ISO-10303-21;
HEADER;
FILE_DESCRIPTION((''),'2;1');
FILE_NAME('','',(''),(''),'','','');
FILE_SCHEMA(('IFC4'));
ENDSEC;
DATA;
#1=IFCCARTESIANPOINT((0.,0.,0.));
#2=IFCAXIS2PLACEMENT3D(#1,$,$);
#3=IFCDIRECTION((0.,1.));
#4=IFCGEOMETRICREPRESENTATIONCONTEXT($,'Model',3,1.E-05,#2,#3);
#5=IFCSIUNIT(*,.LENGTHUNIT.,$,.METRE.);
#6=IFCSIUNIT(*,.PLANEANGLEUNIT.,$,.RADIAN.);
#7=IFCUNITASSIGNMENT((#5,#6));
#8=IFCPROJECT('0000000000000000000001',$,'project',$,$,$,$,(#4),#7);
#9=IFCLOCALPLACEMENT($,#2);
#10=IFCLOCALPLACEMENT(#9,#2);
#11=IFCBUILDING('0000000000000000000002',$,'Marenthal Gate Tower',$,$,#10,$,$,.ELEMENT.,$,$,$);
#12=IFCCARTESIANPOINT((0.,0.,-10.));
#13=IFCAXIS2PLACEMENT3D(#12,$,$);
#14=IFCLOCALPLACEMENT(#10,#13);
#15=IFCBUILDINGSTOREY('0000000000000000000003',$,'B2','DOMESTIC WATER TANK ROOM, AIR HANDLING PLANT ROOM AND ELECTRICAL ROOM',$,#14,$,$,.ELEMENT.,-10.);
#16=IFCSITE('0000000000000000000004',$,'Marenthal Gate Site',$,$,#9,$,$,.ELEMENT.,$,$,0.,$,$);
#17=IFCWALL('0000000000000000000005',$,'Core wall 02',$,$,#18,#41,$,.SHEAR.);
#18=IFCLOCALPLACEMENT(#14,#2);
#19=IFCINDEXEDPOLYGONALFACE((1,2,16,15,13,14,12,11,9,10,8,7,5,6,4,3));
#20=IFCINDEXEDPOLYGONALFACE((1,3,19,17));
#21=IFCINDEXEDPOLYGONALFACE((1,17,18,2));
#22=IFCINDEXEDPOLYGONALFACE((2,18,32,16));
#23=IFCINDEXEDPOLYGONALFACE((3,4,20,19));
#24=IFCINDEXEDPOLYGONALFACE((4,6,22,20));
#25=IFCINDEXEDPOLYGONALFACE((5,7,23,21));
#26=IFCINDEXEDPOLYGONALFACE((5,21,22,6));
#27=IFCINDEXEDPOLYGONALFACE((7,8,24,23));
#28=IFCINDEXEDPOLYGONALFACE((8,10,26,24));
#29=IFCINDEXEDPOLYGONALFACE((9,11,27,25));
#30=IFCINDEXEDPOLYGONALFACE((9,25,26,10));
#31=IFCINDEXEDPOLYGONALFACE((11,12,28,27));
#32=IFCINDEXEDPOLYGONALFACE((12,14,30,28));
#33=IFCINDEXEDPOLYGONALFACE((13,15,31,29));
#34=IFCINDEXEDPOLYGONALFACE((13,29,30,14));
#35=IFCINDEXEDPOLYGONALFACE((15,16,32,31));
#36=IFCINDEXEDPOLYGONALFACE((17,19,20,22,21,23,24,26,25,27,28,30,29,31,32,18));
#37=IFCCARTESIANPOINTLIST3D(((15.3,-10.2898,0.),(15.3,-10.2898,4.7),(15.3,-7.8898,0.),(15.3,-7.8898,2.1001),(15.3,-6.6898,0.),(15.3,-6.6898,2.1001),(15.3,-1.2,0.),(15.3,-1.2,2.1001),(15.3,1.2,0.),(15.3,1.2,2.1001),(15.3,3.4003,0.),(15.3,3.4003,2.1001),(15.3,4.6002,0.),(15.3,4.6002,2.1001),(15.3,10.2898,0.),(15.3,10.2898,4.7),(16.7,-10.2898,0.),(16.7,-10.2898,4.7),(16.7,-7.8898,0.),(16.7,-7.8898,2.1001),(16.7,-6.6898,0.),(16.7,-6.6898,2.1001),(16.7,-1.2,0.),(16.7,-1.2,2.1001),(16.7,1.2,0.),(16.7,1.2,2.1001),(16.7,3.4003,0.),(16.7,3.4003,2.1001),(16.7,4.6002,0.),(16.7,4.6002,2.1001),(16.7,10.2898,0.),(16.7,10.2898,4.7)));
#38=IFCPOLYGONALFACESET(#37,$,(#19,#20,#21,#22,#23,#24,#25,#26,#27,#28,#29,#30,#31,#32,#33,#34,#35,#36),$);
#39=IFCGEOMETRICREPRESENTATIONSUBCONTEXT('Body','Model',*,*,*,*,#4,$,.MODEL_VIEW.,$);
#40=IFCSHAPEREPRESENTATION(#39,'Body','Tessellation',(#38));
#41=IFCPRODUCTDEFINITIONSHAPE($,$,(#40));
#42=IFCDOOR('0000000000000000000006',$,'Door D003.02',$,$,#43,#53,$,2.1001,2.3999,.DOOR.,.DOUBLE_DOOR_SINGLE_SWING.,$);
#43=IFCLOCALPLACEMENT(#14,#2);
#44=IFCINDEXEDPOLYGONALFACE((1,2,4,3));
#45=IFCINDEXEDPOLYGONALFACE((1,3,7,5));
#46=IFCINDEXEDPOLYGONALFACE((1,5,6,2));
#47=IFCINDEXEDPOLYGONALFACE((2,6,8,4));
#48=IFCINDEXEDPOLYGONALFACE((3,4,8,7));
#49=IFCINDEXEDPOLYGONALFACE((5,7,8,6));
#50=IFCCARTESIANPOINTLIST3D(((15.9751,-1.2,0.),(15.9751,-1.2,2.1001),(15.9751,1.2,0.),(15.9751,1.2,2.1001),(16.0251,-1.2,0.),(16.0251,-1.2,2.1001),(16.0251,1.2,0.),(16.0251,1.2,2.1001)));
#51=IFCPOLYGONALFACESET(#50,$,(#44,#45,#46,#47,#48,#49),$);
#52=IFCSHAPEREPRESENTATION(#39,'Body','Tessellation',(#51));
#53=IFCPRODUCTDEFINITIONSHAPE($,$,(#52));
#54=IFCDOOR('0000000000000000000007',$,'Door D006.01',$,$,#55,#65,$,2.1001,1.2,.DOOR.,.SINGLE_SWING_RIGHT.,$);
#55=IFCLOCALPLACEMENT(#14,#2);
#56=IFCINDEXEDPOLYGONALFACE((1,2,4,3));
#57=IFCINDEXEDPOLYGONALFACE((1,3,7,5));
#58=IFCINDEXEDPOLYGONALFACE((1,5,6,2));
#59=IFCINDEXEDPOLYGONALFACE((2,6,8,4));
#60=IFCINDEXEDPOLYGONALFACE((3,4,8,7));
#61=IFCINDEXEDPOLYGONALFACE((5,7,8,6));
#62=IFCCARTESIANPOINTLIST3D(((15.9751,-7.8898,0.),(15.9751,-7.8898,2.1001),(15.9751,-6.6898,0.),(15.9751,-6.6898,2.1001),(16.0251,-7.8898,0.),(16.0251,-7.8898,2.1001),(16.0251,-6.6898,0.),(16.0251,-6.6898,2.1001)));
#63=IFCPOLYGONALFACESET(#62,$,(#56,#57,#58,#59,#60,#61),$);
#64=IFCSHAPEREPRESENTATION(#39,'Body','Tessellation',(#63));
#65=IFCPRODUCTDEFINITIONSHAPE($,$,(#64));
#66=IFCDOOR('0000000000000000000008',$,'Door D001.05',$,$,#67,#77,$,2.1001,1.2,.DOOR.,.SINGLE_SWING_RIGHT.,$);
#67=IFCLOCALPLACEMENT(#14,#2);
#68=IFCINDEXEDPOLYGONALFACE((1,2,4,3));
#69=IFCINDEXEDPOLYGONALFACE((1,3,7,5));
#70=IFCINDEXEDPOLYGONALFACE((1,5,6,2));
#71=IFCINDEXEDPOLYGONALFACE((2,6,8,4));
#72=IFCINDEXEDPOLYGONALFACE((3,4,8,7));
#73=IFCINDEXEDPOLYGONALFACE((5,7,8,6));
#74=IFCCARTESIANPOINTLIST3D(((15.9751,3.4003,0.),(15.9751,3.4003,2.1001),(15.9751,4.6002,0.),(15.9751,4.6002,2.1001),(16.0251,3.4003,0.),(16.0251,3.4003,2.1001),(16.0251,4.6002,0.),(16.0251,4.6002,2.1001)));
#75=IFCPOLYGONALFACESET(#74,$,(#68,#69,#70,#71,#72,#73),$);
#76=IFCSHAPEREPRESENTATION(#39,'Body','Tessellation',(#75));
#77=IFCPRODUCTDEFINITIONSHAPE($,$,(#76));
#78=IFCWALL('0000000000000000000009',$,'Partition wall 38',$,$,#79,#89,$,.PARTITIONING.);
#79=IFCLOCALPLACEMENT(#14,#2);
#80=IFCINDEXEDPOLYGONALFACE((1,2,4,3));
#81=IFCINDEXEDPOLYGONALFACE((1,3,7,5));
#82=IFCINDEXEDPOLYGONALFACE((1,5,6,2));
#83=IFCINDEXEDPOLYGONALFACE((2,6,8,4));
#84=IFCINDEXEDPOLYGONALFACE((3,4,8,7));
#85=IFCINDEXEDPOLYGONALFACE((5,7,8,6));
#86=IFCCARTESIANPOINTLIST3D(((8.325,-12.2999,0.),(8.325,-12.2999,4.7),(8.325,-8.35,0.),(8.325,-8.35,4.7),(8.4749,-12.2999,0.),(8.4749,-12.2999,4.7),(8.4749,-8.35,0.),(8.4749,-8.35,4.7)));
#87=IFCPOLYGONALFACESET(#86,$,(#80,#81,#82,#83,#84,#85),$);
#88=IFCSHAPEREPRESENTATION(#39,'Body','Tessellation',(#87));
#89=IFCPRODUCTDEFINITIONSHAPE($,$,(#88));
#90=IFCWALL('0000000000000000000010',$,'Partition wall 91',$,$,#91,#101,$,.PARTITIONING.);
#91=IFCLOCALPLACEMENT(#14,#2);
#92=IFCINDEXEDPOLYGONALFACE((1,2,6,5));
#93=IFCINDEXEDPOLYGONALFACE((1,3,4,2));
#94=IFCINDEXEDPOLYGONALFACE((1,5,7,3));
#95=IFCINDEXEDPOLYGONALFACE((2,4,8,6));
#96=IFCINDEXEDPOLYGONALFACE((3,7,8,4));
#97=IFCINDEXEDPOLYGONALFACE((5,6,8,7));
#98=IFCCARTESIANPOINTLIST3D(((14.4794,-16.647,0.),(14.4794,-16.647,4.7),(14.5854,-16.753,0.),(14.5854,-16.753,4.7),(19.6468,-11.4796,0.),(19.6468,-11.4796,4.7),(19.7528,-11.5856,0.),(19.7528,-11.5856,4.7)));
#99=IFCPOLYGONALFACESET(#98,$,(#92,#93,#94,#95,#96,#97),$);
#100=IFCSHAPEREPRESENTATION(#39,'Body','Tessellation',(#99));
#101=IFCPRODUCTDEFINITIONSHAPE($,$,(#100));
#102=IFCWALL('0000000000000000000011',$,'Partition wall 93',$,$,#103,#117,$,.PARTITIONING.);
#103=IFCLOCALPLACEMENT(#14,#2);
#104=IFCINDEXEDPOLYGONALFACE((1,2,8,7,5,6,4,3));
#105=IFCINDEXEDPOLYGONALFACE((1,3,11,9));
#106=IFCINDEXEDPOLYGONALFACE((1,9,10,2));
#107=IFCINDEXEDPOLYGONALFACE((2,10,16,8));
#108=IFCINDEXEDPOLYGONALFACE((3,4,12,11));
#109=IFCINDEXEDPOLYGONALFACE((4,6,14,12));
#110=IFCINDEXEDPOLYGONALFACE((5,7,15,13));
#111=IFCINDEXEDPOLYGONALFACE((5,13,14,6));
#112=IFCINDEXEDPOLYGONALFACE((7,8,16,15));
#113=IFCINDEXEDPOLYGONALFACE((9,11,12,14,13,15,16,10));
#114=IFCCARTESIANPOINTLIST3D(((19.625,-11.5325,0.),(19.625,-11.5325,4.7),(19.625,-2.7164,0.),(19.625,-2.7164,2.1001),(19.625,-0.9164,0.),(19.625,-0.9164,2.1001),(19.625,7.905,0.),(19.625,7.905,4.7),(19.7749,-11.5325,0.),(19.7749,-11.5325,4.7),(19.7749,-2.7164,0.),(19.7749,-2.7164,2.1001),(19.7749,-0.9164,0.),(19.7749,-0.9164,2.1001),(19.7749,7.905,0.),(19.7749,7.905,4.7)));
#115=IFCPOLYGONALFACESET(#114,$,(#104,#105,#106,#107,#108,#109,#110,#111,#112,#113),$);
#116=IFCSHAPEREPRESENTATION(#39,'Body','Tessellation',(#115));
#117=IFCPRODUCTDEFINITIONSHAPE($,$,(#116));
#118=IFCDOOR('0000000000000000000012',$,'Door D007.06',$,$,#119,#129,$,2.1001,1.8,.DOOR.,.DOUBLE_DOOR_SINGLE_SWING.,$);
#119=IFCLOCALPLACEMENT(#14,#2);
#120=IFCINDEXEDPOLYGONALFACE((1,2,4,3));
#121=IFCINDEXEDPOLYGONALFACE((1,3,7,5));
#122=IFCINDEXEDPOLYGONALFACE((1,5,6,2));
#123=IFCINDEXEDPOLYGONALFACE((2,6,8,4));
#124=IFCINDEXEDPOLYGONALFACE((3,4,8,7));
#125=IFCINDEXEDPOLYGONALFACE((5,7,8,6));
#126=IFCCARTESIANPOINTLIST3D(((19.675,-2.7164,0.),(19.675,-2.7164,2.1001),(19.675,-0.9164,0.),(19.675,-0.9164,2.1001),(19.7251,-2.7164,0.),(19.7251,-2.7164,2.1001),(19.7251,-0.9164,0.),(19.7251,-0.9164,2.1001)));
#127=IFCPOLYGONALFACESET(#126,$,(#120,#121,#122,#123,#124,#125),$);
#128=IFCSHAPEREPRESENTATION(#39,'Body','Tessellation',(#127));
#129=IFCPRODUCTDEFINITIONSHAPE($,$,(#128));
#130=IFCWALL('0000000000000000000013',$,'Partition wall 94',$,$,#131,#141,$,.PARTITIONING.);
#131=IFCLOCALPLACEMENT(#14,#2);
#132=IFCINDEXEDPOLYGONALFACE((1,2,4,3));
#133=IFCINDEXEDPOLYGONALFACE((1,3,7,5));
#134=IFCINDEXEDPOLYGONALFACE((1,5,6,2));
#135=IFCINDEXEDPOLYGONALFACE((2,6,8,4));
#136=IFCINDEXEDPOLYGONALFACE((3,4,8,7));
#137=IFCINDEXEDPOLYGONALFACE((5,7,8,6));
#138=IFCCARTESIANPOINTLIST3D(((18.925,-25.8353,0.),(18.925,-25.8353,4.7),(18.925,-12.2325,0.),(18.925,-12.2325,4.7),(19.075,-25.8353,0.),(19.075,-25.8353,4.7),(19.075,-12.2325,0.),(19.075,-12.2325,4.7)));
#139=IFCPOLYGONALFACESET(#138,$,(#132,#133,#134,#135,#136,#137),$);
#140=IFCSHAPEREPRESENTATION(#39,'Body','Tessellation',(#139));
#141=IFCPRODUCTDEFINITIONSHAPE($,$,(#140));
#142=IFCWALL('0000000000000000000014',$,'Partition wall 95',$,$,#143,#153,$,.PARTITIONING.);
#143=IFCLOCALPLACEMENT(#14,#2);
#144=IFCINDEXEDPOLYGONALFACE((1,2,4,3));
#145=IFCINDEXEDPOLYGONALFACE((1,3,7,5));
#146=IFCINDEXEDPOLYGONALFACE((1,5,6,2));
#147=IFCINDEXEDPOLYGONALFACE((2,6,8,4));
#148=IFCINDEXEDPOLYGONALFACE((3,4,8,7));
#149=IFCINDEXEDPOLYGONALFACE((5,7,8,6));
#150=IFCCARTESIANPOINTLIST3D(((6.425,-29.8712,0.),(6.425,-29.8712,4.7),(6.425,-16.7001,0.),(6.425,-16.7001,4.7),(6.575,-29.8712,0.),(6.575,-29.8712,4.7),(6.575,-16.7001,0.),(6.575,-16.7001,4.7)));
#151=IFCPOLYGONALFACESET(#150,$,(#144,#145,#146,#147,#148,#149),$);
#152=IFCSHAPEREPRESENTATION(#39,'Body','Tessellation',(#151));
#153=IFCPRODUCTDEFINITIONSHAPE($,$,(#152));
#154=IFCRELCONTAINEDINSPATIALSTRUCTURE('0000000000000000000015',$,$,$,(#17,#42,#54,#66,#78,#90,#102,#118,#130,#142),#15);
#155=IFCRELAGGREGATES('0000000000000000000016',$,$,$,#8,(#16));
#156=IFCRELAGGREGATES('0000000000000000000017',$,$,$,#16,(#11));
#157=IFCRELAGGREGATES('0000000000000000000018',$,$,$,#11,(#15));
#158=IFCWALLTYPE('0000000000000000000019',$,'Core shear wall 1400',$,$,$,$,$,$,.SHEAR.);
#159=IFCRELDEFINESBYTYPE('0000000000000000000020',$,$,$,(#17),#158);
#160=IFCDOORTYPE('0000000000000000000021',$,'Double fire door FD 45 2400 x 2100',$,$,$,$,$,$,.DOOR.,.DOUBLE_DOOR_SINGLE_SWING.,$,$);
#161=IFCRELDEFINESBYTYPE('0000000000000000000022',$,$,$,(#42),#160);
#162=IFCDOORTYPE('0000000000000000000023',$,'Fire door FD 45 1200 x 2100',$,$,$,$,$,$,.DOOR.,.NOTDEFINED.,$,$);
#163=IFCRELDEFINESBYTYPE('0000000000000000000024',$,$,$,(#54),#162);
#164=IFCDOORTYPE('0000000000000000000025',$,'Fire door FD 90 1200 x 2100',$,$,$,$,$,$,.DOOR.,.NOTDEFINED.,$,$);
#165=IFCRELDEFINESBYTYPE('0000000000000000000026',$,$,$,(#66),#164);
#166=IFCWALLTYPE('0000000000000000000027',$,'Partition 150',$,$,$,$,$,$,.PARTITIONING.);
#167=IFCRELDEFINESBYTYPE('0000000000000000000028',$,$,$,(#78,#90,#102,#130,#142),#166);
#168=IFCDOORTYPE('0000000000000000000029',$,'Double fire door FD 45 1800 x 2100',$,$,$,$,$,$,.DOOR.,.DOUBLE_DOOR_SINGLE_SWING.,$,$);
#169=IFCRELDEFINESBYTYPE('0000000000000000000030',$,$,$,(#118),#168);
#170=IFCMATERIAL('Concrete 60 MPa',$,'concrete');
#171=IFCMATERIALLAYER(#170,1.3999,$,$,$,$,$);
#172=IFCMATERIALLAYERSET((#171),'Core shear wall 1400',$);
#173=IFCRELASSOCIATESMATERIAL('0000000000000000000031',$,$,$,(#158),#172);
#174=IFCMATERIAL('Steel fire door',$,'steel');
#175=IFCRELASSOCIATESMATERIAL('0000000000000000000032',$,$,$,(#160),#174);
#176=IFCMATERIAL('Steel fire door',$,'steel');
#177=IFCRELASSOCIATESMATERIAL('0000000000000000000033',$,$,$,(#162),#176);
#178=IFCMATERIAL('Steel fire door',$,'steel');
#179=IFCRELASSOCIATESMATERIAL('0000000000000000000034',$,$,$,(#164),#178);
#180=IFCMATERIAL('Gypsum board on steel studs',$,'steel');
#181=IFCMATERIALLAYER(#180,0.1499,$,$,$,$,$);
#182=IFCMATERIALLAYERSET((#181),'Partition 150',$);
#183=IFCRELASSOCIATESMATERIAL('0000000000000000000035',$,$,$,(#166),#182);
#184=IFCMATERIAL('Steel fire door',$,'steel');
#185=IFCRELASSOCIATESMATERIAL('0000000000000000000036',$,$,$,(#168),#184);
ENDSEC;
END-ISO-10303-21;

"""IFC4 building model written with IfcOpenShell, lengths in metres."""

from ifc_helpers import new_model, si_unit, direction, frame, frame_2d, origin, place, context, subcontext, project, spatial, rectangle, extrude, material, layer, layer_set, type_object, element, fill, save


model = new_model("IFC4")

# Units and contexts
model_context = context("Model", 3, precision=1e-05, world=origin(), true_north=direction((0.0, 1.0)))
body_context = subcontext(model_context, "Body", "Model", "MODEL_VIEW")
ifc_project = project(units=[si_unit("LENGTHUNIT", "METRE"), si_unit("PLANEANGLEUNIT", "RADIAN")], contexts=[model_context])

# Site, building, storey
site_placement = place(None, origin())
site = spatial("IfcSite", under=ifc_project, at=site_placement, Name="Marenthal Gate Site", CompositionType="ELEMENT", RefElevation=0.0)
building_placement = place(site_placement, origin())
building = spatial("IfcBuilding", under=site, at=building_placement, Name="Marenthal Gate Tower", CompositionType="ELEMENT")
storey_placement = place(building_placement, frame((0.0, 0.0, -10.0)))
storey = spatial("IfcBuildingStorey", under=building, at=storey_placement, Name="B2", Description="DOMESTIC WATER TANK ROOM, AIR HANDLING PLANT ROOM AND ELECTRICAL ROOM", CompositionType="ELEMENT", Elevation=-10.0)

# Shared definitions
ifc_material_1 = material(Name="Concrete 60 MPa", Category="concrete")
ifc_layer_1 = layer(ifc_material_1, 1.3999)
ifc_layer_set_1 = layer_set([ifc_layer_1], Name="Core shear wall 1400")
wall_type_1 = type_object("IfcWallType", Name="Core shear wall 1400", PredefinedType="SHEAR", material=ifc_layer_set_1)

# Wall, openings, doors
wall_1_placement = place(storey_placement, frame((16.0, -10.2898, 0.0), z_axis=(0.0, 0.0, 1.0), x_axis=(0.0, 1.0, 0.0)))
wall_1 = element("IfcWall", 1, at=wall_1_placement, inside=storey, type_object=wall_type_1, Name="Core wall 02", PredefinedType="SHEAR", context=body_context, shape_type="SweptSolid", body=[
    extrude(rectangle(XDim=20.5796, YDim=1.3999, at=frame_2d((10.2898, 0.0))), origin(), (0.0, 0.0, 1.0), 4.7),
])
opening_1_placement = place(wall_1_placement, frame((9.0898, 0.0, 0.0)))
opening_1 = element("IfcOpeningElement", 2, at=opening_1_placement, cuts=wall_1, PredefinedType="OPENING", context=body_context, shape_type="SweptSolid", body=[
    extrude(rectangle(XDim=2.3999, YDim=2.1001, at=frame_2d((1.2, 1.05))), frame((0.0, 0.71, 0.0), z_axis=(0.0, -1.0, 0.0), x_axis=(1.0, 0.0, 0.0)), (0.0, 0.0, 1.0), 1.4199),
])
opening_2_placement = place(wall_1_placement, frame((13.6899, 0.0, 0.0)))
opening_2 = element("IfcOpeningElement", 3, at=opening_2_placement, cuts=wall_1, PredefinedType="OPENING", context=body_context, shape_type="SweptSolid", body=[
    extrude(rectangle(XDim=1.2, YDim=2.1001, at=frame_2d((0.6001, 1.05))), frame((0.0, 0.71, 0.0), z_axis=(0.0, -1.0, 0.0), x_axis=(1.0, 0.0, 0.0)), (0.0, 0.0, 1.0), 1.4199),
])
opening_3_placement = place(wall_1_placement, frame((2.3999, 0.0, 0.0)))
opening_3 = element("IfcOpeningElement", 4, at=opening_3_placement, cuts=wall_1, PredefinedType="OPENING", context=body_context, shape_type="SweptSolid", body=[
    extrude(rectangle(XDim=1.2, YDim=2.1001, at=frame_2d((0.6001, 1.05))), frame((0.0, 0.71, 0.0), z_axis=(0.0, -1.0, 0.0), x_axis=(1.0, 0.0, 0.0)), (0.0, 0.0, 1.0), 1.4199),
])
ifc_material_2 = material(Name="Steel fire door", Category="steel")
door_type_1 = type_object("IfcDoorType", Name="Double fire door FD 45 2400 x 2100", OperationType="DOUBLE_DOOR_SINGLE_SWING", PredefinedType="DOOR", material=ifc_material_2)
door_1_placement = place(opening_1_placement, origin())
door_1 = element("IfcDoor", 5, at=door_1_placement, inside=storey, type_object=door_type_1, Name="Door D003.02", OperationType="DOUBLE_DOOR_SINGLE_SWING", OverallHeight=2.1001, OverallWidth=2.3999, PredefinedType="DOOR", context=body_context, shape_type="SweptSolid", body=[
    extrude(rectangle(XDim=2.3999, YDim=2.1001, at=frame_2d((1.2, 1.05))), frame((0.0, 0.0249, 0.0), z_axis=(0.0, -1.0, 0.0), x_axis=(1.0, 0.0, 0.0)), (0.0, 0.0, 1.0), 0.05),
])
fill(opening_1, door_1)
ifc_material_3 = material(Name="Steel fire door", Category="steel")
door_type_2 = type_object("IfcDoorType", Name="Fire door FD 45 1200 x 2100", OperationType="NOTDEFINED", PredefinedType="DOOR", material=ifc_material_3)
door_2_placement = place(opening_3_placement, origin())
door_2 = element("IfcDoor", 6, at=door_2_placement, inside=storey, type_object=door_type_2, Name="Door D006.01", OperationType="SINGLE_SWING_RIGHT", OverallHeight=2.1001, OverallWidth=1.2, PredefinedType="DOOR", context=body_context, shape_type="SweptSolid", body=[
    extrude(rectangle(XDim=1.2, YDim=2.1001, at=frame_2d((0.6001, 1.05))), frame((0.0, 0.0249, 0.0), z_axis=(0.0, -1.0, 0.0), x_axis=(1.0, 0.0, 0.0)), (0.0, 0.0, 1.0), 0.05),
])
fill(opening_3, door_2)
ifc_material_4 = material(Name="Steel fire door", Category="steel")
door_type_3 = type_object("IfcDoorType", Name="Fire door FD 90 1200 x 2100", OperationType="NOTDEFINED", PredefinedType="DOOR", material=ifc_material_4)
door_3_placement = place(opening_2_placement, origin())
door_3 = element("IfcDoor", 7, at=door_3_placement, inside=storey, type_object=door_type_3, Name="Door D001.05", OperationType="SINGLE_SWING_RIGHT", OverallHeight=2.1001, OverallWidth=1.2, PredefinedType="DOOR", context=body_context, shape_type="SweptSolid", body=[
    extrude(rectangle(XDim=1.2, YDim=2.1001, at=frame_2d((0.6001, 1.05))), frame((0.0, 0.0249, 0.0), z_axis=(0.0, -1.0, 0.0), x_axis=(1.0, 0.0, 0.0)), (0.0, 0.0, 1.0), 0.05),
])
fill(opening_2, door_3)

# Walls
ifc_material_5 = material(Name="Gypsum board on steel studs", Category="steel")
ifc_layer_2 = layer(ifc_material_5, 0.1499)
ifc_layer_set_2 = layer_set([ifc_layer_2], Name="Partition 150")
wall_type_2 = type_object("IfcWallType", Name="Partition 150", PredefinedType="PARTITIONING", material=ifc_layer_set_2)
wall_2_placement = place(storey_placement, frame((8.3999, -12.3, 0.0), z_axis=(0.0, 0.0, 1.0), x_axis=(0.0, 1.0, 0.0)))
element("IfcWall", 8, at=wall_2_placement, inside=storey, type_object=wall_type_2, Name="Partition wall 38", PredefinedType="PARTITIONING", context=body_context, shape_type="SweptSolid", body=[
    extrude(rectangle(XDim=3.95, YDim=0.1499, at=frame_2d((1.9751, 0.0))), origin(), (0.0, 0.0, 1.0), 4.7),
])
wall_3_placement = place(storey_placement, frame((14.5325, -16.7, 0.0), z_axis=(0.0, 0.0, 1.0), x_axis=(0.707107, 0.707107, 0.0)))
element("IfcWall", 9, at=wall_3_placement, inside=storey, type_object=wall_type_2, Name="Partition wall 91", PredefinedType="PARTITIONING", context=body_context, shape_type="SweptSolid", body=[
    extrude(rectangle(XDim=7.3079, YDim=0.1499, at=frame_2d((3.6538, 0.0))), origin(), (0.0, 0.0, 1.0), 4.7),
])

# Wall, opening, door
wall_4_placement = place(storey_placement, frame((19.7, -11.5325, 0.0), z_axis=(0.0, 0.0, 1.0), x_axis=(0.0, 1.0, 0.0)))
wall_4 = element("IfcWall", 10, at=wall_4_placement, inside=storey, type_object=wall_type_2, Name="Partition wall 93", PredefinedType="PARTITIONING", context=body_context, shape_type="SweptSolid", body=[
    extrude(rectangle(XDim=19.4375, YDim=0.1499, at=frame_2d((9.7188, 0.0))), origin(), (0.0, 0.0, 1.0), 4.7),
])
opening_4_placement = place(wall_4_placement, frame((8.8162, 0.0, 0.0)))
opening_4 = element("IfcOpeningElement", 11, at=opening_4_placement, cuts=wall_4, PredefinedType="OPENING", context=body_context, shape_type="SweptSolid", body=[
    extrude(rectangle(XDim=1.8, YDim=2.1001, at=frame_2d((0.8999, 1.05))), frame((0.0, 0.085, 0.0), z_axis=(0.0, -1.0, 0.0), x_axis=(1.0, 0.0, 0.0)), (0.0, 0.0, 1.0), 0.1699),
])
ifc_material_6 = material(Name="Steel fire door", Category="steel")
door_type_4 = type_object("IfcDoorType", Name="Double fire door FD 45 1800 x 2100", OperationType="DOUBLE_DOOR_SINGLE_SWING", PredefinedType="DOOR", material=ifc_material_6)
door_4_placement = place(opening_4_placement, origin())
door_4 = element("IfcDoor", 12, at=door_4_placement, inside=storey, type_object=door_type_4, Name="Door D007.06", OperationType="DOUBLE_DOOR_SINGLE_SWING", OverallHeight=2.1001, OverallWidth=1.8, PredefinedType="DOOR", context=body_context, shape_type="SweptSolid", body=[
    extrude(rectangle(XDim=1.8, YDim=2.1001, at=frame_2d((0.8999, 1.05))), frame((0.0, 0.0249, 0.0), z_axis=(0.0, -1.0, 0.0), x_axis=(1.0, 0.0, 0.0)), (0.0, 0.0, 1.0), 0.05),
])
fill(opening_4, door_4)

# Walls
wall_5_placement = place(storey_placement, frame((19.0, -25.8352, 0.0), z_axis=(0.0, 0.0, 1.0), x_axis=(0.0, 1.0, 0.0)))
element("IfcWall", 13, at=wall_5_placement, inside=storey, type_object=wall_type_2, Name="Partition wall 94", PredefinedType="PARTITIONING", context=body_context, shape_type="SweptSolid", body=[
    extrude(rectangle(XDim=13.6028, YDim=0.1499, at=frame_2d((6.8013, 0.0))), origin(), (0.0, 0.0, 1.0), 4.7),
])
wall_6_placement = place(storey_placement, frame((6.5, -29.8711, 0.0), z_axis=(0.0, 0.0, 1.0), x_axis=(0.0, 1.0, 0.0)))
element("IfcWall", 14, at=wall_6_placement, inside=storey, type_object=wall_type_2, Name="Partition wall 95", PredefinedType="PARTITIONING", context=body_context, shape_type="SweptSolid", body=[
    extrude(rectangle(XDim=13.1711, YDim=0.1499, at=frame_2d((6.5854, 0.0))), origin(), (0.0, 0.0, 1.0), 4.7),
])

save(model, "model.ifc")
